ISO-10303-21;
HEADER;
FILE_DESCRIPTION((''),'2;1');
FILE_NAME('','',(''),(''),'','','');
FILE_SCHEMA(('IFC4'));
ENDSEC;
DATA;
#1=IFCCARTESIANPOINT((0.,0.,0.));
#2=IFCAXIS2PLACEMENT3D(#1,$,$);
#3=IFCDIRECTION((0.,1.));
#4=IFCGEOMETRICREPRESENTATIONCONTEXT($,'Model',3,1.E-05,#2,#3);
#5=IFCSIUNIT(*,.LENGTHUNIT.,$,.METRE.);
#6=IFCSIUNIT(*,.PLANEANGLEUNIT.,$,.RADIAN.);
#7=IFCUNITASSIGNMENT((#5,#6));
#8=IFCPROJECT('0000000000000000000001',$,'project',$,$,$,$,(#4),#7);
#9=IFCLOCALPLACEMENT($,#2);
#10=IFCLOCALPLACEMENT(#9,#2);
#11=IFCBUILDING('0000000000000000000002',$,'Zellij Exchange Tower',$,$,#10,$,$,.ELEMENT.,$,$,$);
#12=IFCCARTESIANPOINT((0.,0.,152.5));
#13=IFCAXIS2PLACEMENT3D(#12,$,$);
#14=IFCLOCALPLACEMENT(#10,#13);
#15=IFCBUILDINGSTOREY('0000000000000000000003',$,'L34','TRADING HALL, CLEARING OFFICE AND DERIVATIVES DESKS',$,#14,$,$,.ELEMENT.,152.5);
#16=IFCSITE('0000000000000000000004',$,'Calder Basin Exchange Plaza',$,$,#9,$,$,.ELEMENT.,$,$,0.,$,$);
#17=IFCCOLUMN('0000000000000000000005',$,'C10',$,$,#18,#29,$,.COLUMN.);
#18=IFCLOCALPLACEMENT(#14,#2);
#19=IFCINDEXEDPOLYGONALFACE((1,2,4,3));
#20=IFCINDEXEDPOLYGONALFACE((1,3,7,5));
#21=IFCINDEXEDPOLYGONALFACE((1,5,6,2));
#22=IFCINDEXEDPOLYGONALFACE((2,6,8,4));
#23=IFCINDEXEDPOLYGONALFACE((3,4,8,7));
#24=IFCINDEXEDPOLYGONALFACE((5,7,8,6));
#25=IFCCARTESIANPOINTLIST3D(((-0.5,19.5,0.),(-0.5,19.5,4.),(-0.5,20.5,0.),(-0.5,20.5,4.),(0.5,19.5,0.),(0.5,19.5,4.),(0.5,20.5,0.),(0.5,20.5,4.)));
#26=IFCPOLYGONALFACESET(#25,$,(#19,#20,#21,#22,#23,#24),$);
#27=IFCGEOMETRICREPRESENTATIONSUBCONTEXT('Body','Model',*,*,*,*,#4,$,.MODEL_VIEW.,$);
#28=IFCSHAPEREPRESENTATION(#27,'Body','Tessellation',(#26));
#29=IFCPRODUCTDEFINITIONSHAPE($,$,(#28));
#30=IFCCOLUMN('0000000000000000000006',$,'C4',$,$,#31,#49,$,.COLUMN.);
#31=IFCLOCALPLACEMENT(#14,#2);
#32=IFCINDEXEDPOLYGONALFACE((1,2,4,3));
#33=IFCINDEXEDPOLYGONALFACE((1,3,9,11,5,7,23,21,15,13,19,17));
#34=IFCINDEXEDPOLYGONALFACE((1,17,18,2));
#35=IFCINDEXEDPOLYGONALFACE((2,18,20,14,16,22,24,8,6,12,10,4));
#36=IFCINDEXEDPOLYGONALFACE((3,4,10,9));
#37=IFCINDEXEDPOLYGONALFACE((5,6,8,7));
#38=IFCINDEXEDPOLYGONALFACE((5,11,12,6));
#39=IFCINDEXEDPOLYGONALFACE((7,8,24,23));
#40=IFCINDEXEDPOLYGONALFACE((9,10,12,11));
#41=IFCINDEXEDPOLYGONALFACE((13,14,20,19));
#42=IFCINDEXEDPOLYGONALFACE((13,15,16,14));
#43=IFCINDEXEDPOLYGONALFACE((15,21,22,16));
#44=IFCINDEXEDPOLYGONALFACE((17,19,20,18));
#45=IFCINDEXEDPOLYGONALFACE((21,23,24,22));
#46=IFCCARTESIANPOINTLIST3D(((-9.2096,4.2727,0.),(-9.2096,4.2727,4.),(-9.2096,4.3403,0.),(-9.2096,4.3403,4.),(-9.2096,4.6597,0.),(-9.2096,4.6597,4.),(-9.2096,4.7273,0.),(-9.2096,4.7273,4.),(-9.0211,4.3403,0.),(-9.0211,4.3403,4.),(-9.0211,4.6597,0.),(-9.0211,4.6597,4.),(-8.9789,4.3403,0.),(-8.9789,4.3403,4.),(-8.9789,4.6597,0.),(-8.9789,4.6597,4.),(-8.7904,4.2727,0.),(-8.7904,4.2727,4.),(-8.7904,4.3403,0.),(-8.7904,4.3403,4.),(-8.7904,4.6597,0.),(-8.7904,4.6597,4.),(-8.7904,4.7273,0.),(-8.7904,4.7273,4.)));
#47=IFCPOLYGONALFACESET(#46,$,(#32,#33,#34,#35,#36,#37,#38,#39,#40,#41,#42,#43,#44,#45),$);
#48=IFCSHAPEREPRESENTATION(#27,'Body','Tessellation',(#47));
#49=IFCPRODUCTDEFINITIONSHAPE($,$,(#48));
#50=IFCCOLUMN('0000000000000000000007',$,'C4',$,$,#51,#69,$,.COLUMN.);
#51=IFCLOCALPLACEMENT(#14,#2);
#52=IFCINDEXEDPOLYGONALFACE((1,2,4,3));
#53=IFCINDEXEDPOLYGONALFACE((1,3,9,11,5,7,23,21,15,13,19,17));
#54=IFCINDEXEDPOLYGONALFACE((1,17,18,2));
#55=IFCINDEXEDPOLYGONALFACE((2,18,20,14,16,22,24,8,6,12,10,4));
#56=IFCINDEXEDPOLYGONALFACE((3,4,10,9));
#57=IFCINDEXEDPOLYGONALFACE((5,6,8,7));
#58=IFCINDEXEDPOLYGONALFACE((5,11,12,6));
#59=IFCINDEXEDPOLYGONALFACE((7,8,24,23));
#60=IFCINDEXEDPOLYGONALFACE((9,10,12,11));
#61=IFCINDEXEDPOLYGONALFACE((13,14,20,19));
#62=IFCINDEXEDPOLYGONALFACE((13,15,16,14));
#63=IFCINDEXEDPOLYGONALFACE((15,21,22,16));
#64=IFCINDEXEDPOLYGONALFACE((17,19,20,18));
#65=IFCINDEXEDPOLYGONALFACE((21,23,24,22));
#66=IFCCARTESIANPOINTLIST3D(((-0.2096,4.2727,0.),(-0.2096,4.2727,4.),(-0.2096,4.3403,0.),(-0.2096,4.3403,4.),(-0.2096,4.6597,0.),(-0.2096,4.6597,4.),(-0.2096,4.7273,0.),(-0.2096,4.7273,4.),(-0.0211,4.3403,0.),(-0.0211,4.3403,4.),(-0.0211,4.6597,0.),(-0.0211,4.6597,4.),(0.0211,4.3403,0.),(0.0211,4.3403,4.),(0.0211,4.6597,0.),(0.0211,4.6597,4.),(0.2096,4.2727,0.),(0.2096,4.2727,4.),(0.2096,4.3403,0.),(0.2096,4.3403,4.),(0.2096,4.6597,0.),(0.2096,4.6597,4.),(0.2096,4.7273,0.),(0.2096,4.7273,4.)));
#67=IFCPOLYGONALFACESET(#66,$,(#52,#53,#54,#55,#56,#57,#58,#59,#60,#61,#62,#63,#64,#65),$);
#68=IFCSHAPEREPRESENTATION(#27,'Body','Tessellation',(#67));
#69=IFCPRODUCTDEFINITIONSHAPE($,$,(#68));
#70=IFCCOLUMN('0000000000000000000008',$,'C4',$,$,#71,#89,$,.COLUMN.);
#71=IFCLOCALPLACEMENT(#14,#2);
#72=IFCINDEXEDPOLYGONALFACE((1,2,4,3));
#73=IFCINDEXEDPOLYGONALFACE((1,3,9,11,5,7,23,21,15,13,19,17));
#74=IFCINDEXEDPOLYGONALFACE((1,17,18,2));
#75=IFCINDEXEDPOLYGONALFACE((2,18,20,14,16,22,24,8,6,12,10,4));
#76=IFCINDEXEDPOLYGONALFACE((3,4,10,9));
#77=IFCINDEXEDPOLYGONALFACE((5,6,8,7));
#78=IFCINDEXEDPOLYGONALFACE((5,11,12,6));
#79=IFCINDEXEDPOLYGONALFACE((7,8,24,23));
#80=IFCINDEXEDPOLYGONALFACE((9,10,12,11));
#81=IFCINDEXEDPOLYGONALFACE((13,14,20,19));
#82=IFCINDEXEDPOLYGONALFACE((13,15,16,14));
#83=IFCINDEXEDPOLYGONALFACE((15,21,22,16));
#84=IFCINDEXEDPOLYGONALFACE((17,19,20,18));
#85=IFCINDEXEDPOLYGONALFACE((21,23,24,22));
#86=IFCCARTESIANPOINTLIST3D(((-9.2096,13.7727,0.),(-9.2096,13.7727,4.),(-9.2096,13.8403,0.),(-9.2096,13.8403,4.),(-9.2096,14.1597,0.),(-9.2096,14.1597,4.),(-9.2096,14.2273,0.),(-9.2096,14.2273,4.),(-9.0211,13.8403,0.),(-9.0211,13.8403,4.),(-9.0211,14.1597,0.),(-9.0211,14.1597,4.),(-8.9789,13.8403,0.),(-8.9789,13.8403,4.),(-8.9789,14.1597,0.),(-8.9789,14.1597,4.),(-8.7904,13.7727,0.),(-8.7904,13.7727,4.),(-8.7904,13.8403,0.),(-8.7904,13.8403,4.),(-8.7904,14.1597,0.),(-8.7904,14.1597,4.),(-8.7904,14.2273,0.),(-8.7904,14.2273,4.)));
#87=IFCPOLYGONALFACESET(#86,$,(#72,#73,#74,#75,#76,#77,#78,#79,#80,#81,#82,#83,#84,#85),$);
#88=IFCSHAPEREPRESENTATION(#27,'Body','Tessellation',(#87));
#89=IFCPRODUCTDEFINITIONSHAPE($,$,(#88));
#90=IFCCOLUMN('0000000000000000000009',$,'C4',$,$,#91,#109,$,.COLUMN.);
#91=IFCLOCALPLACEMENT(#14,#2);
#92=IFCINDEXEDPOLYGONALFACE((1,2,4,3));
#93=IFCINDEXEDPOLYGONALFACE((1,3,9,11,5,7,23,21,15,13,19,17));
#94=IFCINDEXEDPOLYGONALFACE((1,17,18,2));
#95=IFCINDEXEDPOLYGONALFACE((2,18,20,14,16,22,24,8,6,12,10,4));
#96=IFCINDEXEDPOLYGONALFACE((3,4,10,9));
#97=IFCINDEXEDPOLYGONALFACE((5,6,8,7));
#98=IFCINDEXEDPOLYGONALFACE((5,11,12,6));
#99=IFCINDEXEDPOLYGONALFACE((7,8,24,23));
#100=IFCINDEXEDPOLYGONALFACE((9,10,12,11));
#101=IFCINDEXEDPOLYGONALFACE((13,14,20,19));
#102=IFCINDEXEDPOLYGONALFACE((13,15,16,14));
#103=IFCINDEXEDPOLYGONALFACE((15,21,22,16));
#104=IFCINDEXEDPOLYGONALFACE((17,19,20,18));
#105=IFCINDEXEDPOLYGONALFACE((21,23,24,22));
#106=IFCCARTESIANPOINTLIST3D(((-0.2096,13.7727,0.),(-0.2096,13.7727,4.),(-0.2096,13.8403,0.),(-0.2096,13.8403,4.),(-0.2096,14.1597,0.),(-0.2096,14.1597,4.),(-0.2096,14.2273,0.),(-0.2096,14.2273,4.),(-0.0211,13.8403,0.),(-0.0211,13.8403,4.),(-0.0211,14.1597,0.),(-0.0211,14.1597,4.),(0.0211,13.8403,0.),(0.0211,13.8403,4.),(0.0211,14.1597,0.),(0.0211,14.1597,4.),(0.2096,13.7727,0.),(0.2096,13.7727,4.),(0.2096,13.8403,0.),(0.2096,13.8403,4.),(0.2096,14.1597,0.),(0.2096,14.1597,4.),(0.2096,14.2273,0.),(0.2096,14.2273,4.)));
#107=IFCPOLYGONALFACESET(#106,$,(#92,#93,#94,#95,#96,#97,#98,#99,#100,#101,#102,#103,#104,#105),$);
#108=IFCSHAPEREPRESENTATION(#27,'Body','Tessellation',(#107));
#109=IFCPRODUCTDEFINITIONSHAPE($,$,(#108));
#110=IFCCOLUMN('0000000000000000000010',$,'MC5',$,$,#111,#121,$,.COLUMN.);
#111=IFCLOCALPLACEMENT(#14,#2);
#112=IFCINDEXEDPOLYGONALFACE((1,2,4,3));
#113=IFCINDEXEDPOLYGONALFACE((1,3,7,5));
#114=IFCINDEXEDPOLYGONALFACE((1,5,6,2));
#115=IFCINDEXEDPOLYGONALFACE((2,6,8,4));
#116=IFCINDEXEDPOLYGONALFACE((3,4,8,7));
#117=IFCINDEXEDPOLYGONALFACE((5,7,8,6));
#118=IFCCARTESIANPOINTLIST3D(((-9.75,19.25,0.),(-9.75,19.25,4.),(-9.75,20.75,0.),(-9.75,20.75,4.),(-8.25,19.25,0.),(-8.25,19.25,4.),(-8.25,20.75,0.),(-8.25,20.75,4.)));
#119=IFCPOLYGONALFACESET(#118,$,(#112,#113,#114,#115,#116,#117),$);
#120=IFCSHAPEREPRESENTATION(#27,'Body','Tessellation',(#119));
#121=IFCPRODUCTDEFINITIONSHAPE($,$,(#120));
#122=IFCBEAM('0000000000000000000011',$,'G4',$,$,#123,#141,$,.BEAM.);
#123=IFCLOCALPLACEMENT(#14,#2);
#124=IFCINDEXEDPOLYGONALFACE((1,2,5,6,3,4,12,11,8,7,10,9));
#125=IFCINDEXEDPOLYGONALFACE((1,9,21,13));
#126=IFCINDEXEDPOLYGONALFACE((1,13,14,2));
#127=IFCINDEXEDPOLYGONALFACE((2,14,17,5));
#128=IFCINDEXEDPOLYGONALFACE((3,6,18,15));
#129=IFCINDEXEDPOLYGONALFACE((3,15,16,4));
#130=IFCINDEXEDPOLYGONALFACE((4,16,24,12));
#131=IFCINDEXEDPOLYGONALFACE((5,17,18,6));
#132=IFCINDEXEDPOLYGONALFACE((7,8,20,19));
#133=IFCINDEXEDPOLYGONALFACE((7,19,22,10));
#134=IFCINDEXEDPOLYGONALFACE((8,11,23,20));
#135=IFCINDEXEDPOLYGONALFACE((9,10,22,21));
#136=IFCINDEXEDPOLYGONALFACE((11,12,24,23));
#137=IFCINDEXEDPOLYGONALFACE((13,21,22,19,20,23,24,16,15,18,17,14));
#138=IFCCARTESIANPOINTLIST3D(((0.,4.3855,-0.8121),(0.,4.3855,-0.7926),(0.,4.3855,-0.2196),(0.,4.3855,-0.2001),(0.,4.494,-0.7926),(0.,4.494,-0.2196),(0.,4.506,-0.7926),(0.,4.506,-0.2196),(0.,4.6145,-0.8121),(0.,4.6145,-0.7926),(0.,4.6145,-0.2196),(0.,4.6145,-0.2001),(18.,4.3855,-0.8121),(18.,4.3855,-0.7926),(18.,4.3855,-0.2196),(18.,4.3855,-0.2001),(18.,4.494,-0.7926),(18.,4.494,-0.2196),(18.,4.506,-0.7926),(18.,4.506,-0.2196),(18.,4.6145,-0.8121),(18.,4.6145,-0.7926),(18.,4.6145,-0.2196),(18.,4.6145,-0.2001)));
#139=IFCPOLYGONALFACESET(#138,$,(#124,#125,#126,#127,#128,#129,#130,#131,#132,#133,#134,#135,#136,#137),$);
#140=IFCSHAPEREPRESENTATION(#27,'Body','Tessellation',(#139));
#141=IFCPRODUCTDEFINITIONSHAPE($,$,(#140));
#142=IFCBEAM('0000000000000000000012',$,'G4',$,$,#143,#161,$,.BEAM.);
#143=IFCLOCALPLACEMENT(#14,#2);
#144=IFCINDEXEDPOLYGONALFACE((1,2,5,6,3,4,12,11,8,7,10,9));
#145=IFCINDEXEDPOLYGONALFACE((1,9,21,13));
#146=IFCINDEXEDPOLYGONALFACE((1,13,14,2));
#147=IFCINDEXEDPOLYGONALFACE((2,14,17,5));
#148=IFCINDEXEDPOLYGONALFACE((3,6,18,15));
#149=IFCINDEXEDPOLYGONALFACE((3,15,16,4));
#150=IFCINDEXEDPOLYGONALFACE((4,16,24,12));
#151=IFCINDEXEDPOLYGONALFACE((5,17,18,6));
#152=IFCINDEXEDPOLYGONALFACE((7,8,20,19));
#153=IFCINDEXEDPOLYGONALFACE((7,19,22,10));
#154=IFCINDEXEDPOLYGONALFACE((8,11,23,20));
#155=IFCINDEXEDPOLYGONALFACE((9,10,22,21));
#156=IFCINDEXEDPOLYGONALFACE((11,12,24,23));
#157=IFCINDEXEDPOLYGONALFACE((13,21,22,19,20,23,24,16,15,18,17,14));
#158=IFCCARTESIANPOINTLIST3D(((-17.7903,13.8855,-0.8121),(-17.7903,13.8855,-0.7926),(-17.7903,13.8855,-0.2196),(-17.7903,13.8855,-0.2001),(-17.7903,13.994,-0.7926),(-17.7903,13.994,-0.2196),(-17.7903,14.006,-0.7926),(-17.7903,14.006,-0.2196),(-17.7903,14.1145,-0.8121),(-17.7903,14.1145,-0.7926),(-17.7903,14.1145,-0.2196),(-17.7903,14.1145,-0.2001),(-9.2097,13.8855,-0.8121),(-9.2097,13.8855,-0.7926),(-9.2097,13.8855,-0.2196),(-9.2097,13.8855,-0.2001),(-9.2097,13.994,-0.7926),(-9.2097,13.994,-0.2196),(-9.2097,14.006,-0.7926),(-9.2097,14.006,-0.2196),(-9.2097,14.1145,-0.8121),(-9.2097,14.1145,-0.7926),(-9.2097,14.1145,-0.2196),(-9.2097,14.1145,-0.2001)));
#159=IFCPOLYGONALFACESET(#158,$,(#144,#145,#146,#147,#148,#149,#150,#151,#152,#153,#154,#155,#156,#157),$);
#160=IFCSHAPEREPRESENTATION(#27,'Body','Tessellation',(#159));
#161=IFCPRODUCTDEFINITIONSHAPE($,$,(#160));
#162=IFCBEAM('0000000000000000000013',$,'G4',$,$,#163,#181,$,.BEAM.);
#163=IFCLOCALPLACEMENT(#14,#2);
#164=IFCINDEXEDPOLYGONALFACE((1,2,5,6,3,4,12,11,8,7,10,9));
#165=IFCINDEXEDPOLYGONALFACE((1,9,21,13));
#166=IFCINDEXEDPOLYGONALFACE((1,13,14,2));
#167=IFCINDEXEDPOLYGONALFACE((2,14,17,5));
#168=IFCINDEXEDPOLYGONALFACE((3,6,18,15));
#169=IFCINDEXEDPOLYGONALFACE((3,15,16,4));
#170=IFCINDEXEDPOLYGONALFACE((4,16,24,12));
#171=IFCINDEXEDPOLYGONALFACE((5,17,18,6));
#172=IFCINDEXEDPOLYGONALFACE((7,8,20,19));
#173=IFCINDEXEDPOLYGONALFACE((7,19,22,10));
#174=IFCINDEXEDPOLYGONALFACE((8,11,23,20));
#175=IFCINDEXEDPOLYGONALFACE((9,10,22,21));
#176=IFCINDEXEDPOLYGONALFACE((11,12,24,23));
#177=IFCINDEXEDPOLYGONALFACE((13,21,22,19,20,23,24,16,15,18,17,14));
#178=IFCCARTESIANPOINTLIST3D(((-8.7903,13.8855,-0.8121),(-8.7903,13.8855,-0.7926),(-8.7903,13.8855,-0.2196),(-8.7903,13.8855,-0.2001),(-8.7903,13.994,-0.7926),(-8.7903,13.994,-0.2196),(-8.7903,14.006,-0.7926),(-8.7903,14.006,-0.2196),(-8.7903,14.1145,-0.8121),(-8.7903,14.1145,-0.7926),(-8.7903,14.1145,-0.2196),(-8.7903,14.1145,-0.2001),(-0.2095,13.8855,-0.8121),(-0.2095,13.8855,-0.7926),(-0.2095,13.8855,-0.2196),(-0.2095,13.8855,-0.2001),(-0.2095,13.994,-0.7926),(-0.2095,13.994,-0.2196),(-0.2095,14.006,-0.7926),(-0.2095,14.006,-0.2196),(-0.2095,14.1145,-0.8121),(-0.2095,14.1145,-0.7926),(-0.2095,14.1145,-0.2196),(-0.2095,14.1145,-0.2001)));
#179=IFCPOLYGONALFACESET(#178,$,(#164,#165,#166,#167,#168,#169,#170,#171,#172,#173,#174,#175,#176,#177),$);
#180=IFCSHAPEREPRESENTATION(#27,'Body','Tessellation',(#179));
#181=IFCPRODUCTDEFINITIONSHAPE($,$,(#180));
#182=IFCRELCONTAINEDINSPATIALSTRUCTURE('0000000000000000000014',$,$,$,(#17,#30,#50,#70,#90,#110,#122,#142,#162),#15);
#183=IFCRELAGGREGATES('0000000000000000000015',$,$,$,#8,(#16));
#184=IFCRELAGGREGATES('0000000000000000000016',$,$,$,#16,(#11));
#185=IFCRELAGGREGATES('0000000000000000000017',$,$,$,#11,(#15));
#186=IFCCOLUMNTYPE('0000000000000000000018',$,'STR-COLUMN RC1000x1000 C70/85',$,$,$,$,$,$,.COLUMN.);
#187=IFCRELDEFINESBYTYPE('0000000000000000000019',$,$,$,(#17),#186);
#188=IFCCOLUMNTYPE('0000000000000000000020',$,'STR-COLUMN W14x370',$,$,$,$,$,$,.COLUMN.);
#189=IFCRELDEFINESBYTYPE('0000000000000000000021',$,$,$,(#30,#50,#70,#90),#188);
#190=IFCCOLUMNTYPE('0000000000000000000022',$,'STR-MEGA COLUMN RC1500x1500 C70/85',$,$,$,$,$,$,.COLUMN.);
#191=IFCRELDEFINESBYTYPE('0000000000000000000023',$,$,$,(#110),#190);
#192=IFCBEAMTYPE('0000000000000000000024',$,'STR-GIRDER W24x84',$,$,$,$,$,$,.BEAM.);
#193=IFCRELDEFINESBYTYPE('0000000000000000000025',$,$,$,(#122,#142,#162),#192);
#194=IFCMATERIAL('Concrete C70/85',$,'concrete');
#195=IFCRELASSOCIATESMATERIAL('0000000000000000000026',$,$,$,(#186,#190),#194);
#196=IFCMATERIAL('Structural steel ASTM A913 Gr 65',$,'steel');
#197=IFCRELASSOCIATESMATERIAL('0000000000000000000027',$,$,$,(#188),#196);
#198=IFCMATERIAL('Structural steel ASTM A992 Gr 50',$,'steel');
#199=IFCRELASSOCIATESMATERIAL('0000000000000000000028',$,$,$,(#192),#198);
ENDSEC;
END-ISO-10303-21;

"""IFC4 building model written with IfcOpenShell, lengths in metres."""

from ifc_helpers import new_model, si_unit, direction, frame, origin, origin_2d, place, context, subcontext, project, spatial, rectangle, i_section, extrude, material, material_profile, profile_set, type_object, element, save


model = new_model("IFC4")

# Units and contexts
model_context = context("Model", 3, precision=1e-05, world=origin(), true_north=direction((0.0, 1.0)))
body_context = subcontext(model_context, "Body", "Model", "MODEL_VIEW")
ifc_project = project(units=[si_unit("LENGTHUNIT", "METRE"), si_unit("PLANEANGLEUNIT", "RADIAN")], contexts=[model_context])

# Site, building, storey
site_placement = place(None, origin())
site = spatial("IfcSite", under=ifc_project, at=site_placement, Name="Calder Basin Exchange Plaza", CompositionType="ELEMENT", RefElevation=0.0)
building_placement = place(site_placement, origin())
building = spatial("IfcBuilding", under=site, at=building_placement, Name="Zellij Exchange Tower", CompositionType="ELEMENT")
storey_placement = place(building_placement, frame((0.0, 0.0, 152.5)))
storey = spatial("IfcBuildingStorey", under=building, at=storey_placement, Name="L34", Description="TRADING HALL, CLEARING OFFICE AND DERIVATIVES DESKS", CompositionType="ELEMENT", Elevation=152.5)

# Columns
ifc_material_1 = material(Name="Concrete C70/85", Category="concrete")
ifc_material_profile_1 = material_profile(ifc_material_1, rectangle(XDim=1.0, YDim=1.0, at=origin_2d()), Name="STR-COLUMN RC1000x1000 C70/85")
ifc_profile_set_1 = profile_set([ifc_material_profile_1], Name="Concrete C70/85")
column_type_1 = type_object("IfcColumnType", Name="STR-COLUMN RC1000x1000 C70/85", PredefinedType="COLUMN", material=ifc_profile_set_1)
column_1_placement = place(storey_placement, frame((0.0, 20.0, 0.0), z_axis=(0.0, 0.0, 1.0), x_axis=(1.0, 0.0, 0.0)))
element("IfcColumn", 1, at=column_1_placement, inside=storey, type_object=column_type_1, Name="C10", PredefinedType="COLUMN", context=body_context, shape_type="SweptSolid", body=[
    extrude(rectangle(XDim=1.0, YDim=1.0, at=origin_2d()), origin(), (0.0, 0.0, 1.0), 4.0),
])
ifc_material_2 = material(Name="Structural steel ASTM A913 Gr 65", Category="steel")
ifc_material_profile_2 = material_profile(ifc_material_2, i_section(OverallWidth=0.4192, OverallDepth=0.4546, WebThickness=0.0422, FlangeThickness=0.0676, at=origin_2d()), Name="W14x370")
ifc_profile_set_2 = profile_set([ifc_material_profile_2], Name="Structural steel ASTM A913 Gr 65")
column_type_2 = type_object("IfcColumnType", Name="STR-COLUMN W14x370", PredefinedType="COLUMN", material=ifc_profile_set_2)
for number, where, z_axis, x_axis, name in (
    (2, (-9.0, 4.5, 0.0), (0.0, 0.0, 1.0), (1.0, 0.0, 0.0), "C4"),
    (3, (0.0, 4.5, 0.0), (0.0, 0.0, 1.0), (1.0, 0.0, 0.0), "C4"),
    (4, (-9.0, 14.0, 0.0), (0.0, 0.0, 1.0), (1.0, 0.0, 0.0), "C4"),
    (5, (0.0, 14.0, 0.0), (0.0, 0.0, 1.0), (1.0, 0.0, 0.0), "C4"),
):
    element("IfcColumn", number, at=place(storey_placement, frame(where, z_axis=z_axis, x_axis=x_axis)), inside=storey, type_object=column_type_2, Name=name, PredefinedType="COLUMN", context=body_context, shape_type="SweptSolid", body=[
        extrude(i_section(OverallWidth=0.4192, OverallDepth=0.4546, WebThickness=0.0422, FlangeThickness=0.0676, at=origin_2d()), origin(), (0.0, 0.0, 1.0), 4.0),
    ])
ifc_material_profile_3 = material_profile(ifc_material_1, rectangle(XDim=1.5, YDim=1.5, at=origin_2d()), Name="STR-MEGA COLUMN RC1500x1500 C70/85")
ifc_profile_set_3 = profile_set([ifc_material_profile_3], Name="Concrete C70/85")
column_type_3 = type_object("IfcColumnType", Name="STR-MEGA COLUMN RC1500x1500 C70/85", PredefinedType="COLUMN", material=ifc_profile_set_3)
column_2_placement = place(storey_placement, frame((-9.0, 20.0, 0.0), z_axis=(0.0, 0.0, 1.0), x_axis=(1.0, 0.0, 0.0)))
element("IfcColumn", 6, at=column_2_placement, inside=storey, type_object=column_type_3, Name="MC5", PredefinedType="COLUMN", context=body_context, shape_type="SweptSolid", body=[
    extrude(rectangle(XDim=1.5, YDim=1.5, at=origin_2d()), origin(), (0.0, 0.0, 1.0), 4.0),
])

# Beams
ifc_material_3 = material(Name="Structural steel ASTM A992 Gr 50", Category="steel")
ifc_material_profile_4 = material_profile(ifc_material_3, i_section(OverallWidth=0.229, OverallDepth=0.6121, WebThickness=0.012, FlangeThickness=0.0195, at=origin_2d()), Name="W24x84")
ifc_profile_set_4 = profile_set([ifc_material_profile_4], Name="Structural steel ASTM A992 Gr 50")
beam_type = type_object("IfcBeamType", Name="STR-GIRDER W24x84", PredefinedType="BEAM", material=ifc_profile_set_4)
beam_1_placement = place(storey_placement, frame((0.0, 4.5, -0.5061), z_axis=(1.0, 0.0, 0.0), x_axis=(0.0, 1.0, 0.0)))
element("IfcBeam", 7, at=beam_1_placement, inside=storey, type_object=beam_type, Name="G4", PredefinedType="BEAM", context=body_context, shape_type="SweptSolid", body=[
    extrude(i_section(OverallWidth=0.229, OverallDepth=0.6121, WebThickness=0.012, FlangeThickness=0.0195, at=origin_2d()), origin(), (0.0, 0.0, 1.0), 18.0),
])
beam_2_placement = place(storey_placement, frame((-17.7903, 14.0, -0.5061), z_axis=(1.0, 0.0, 0.0), x_axis=(0.0, 1.0, 0.0)))
element("IfcBeam", 8, at=beam_2_placement, inside=storey, type_object=beam_type, Name="G4", PredefinedType="BEAM", context=body_context, shape_type="SweptSolid", body=[
    extrude(i_section(OverallWidth=0.229, OverallDepth=0.6121, WebThickness=0.012, FlangeThickness=0.0195, at=origin_2d()), origin(), (0.0, 0.0, 1.0), 8.5806),
])
beam_3_placement = place(storey_placement, frame((-8.7903, 14.0, -0.5061), z_axis=(1.0, 0.0, 0.0), x_axis=(0.0, 1.0, 0.0)))
element("IfcBeam", 9, at=beam_3_placement, inside=storey, type_object=beam_type, Name="G4", PredefinedType="BEAM", context=body_context, shape_type="SweptSolid", body=[
    extrude(i_section(OverallWidth=0.229, OverallDepth=0.6121, WebThickness=0.012, FlangeThickness=0.0195, at=origin_2d()), origin(), (0.0, 0.0, 1.0), 8.5808),
])

save(model, "model.ifc")
